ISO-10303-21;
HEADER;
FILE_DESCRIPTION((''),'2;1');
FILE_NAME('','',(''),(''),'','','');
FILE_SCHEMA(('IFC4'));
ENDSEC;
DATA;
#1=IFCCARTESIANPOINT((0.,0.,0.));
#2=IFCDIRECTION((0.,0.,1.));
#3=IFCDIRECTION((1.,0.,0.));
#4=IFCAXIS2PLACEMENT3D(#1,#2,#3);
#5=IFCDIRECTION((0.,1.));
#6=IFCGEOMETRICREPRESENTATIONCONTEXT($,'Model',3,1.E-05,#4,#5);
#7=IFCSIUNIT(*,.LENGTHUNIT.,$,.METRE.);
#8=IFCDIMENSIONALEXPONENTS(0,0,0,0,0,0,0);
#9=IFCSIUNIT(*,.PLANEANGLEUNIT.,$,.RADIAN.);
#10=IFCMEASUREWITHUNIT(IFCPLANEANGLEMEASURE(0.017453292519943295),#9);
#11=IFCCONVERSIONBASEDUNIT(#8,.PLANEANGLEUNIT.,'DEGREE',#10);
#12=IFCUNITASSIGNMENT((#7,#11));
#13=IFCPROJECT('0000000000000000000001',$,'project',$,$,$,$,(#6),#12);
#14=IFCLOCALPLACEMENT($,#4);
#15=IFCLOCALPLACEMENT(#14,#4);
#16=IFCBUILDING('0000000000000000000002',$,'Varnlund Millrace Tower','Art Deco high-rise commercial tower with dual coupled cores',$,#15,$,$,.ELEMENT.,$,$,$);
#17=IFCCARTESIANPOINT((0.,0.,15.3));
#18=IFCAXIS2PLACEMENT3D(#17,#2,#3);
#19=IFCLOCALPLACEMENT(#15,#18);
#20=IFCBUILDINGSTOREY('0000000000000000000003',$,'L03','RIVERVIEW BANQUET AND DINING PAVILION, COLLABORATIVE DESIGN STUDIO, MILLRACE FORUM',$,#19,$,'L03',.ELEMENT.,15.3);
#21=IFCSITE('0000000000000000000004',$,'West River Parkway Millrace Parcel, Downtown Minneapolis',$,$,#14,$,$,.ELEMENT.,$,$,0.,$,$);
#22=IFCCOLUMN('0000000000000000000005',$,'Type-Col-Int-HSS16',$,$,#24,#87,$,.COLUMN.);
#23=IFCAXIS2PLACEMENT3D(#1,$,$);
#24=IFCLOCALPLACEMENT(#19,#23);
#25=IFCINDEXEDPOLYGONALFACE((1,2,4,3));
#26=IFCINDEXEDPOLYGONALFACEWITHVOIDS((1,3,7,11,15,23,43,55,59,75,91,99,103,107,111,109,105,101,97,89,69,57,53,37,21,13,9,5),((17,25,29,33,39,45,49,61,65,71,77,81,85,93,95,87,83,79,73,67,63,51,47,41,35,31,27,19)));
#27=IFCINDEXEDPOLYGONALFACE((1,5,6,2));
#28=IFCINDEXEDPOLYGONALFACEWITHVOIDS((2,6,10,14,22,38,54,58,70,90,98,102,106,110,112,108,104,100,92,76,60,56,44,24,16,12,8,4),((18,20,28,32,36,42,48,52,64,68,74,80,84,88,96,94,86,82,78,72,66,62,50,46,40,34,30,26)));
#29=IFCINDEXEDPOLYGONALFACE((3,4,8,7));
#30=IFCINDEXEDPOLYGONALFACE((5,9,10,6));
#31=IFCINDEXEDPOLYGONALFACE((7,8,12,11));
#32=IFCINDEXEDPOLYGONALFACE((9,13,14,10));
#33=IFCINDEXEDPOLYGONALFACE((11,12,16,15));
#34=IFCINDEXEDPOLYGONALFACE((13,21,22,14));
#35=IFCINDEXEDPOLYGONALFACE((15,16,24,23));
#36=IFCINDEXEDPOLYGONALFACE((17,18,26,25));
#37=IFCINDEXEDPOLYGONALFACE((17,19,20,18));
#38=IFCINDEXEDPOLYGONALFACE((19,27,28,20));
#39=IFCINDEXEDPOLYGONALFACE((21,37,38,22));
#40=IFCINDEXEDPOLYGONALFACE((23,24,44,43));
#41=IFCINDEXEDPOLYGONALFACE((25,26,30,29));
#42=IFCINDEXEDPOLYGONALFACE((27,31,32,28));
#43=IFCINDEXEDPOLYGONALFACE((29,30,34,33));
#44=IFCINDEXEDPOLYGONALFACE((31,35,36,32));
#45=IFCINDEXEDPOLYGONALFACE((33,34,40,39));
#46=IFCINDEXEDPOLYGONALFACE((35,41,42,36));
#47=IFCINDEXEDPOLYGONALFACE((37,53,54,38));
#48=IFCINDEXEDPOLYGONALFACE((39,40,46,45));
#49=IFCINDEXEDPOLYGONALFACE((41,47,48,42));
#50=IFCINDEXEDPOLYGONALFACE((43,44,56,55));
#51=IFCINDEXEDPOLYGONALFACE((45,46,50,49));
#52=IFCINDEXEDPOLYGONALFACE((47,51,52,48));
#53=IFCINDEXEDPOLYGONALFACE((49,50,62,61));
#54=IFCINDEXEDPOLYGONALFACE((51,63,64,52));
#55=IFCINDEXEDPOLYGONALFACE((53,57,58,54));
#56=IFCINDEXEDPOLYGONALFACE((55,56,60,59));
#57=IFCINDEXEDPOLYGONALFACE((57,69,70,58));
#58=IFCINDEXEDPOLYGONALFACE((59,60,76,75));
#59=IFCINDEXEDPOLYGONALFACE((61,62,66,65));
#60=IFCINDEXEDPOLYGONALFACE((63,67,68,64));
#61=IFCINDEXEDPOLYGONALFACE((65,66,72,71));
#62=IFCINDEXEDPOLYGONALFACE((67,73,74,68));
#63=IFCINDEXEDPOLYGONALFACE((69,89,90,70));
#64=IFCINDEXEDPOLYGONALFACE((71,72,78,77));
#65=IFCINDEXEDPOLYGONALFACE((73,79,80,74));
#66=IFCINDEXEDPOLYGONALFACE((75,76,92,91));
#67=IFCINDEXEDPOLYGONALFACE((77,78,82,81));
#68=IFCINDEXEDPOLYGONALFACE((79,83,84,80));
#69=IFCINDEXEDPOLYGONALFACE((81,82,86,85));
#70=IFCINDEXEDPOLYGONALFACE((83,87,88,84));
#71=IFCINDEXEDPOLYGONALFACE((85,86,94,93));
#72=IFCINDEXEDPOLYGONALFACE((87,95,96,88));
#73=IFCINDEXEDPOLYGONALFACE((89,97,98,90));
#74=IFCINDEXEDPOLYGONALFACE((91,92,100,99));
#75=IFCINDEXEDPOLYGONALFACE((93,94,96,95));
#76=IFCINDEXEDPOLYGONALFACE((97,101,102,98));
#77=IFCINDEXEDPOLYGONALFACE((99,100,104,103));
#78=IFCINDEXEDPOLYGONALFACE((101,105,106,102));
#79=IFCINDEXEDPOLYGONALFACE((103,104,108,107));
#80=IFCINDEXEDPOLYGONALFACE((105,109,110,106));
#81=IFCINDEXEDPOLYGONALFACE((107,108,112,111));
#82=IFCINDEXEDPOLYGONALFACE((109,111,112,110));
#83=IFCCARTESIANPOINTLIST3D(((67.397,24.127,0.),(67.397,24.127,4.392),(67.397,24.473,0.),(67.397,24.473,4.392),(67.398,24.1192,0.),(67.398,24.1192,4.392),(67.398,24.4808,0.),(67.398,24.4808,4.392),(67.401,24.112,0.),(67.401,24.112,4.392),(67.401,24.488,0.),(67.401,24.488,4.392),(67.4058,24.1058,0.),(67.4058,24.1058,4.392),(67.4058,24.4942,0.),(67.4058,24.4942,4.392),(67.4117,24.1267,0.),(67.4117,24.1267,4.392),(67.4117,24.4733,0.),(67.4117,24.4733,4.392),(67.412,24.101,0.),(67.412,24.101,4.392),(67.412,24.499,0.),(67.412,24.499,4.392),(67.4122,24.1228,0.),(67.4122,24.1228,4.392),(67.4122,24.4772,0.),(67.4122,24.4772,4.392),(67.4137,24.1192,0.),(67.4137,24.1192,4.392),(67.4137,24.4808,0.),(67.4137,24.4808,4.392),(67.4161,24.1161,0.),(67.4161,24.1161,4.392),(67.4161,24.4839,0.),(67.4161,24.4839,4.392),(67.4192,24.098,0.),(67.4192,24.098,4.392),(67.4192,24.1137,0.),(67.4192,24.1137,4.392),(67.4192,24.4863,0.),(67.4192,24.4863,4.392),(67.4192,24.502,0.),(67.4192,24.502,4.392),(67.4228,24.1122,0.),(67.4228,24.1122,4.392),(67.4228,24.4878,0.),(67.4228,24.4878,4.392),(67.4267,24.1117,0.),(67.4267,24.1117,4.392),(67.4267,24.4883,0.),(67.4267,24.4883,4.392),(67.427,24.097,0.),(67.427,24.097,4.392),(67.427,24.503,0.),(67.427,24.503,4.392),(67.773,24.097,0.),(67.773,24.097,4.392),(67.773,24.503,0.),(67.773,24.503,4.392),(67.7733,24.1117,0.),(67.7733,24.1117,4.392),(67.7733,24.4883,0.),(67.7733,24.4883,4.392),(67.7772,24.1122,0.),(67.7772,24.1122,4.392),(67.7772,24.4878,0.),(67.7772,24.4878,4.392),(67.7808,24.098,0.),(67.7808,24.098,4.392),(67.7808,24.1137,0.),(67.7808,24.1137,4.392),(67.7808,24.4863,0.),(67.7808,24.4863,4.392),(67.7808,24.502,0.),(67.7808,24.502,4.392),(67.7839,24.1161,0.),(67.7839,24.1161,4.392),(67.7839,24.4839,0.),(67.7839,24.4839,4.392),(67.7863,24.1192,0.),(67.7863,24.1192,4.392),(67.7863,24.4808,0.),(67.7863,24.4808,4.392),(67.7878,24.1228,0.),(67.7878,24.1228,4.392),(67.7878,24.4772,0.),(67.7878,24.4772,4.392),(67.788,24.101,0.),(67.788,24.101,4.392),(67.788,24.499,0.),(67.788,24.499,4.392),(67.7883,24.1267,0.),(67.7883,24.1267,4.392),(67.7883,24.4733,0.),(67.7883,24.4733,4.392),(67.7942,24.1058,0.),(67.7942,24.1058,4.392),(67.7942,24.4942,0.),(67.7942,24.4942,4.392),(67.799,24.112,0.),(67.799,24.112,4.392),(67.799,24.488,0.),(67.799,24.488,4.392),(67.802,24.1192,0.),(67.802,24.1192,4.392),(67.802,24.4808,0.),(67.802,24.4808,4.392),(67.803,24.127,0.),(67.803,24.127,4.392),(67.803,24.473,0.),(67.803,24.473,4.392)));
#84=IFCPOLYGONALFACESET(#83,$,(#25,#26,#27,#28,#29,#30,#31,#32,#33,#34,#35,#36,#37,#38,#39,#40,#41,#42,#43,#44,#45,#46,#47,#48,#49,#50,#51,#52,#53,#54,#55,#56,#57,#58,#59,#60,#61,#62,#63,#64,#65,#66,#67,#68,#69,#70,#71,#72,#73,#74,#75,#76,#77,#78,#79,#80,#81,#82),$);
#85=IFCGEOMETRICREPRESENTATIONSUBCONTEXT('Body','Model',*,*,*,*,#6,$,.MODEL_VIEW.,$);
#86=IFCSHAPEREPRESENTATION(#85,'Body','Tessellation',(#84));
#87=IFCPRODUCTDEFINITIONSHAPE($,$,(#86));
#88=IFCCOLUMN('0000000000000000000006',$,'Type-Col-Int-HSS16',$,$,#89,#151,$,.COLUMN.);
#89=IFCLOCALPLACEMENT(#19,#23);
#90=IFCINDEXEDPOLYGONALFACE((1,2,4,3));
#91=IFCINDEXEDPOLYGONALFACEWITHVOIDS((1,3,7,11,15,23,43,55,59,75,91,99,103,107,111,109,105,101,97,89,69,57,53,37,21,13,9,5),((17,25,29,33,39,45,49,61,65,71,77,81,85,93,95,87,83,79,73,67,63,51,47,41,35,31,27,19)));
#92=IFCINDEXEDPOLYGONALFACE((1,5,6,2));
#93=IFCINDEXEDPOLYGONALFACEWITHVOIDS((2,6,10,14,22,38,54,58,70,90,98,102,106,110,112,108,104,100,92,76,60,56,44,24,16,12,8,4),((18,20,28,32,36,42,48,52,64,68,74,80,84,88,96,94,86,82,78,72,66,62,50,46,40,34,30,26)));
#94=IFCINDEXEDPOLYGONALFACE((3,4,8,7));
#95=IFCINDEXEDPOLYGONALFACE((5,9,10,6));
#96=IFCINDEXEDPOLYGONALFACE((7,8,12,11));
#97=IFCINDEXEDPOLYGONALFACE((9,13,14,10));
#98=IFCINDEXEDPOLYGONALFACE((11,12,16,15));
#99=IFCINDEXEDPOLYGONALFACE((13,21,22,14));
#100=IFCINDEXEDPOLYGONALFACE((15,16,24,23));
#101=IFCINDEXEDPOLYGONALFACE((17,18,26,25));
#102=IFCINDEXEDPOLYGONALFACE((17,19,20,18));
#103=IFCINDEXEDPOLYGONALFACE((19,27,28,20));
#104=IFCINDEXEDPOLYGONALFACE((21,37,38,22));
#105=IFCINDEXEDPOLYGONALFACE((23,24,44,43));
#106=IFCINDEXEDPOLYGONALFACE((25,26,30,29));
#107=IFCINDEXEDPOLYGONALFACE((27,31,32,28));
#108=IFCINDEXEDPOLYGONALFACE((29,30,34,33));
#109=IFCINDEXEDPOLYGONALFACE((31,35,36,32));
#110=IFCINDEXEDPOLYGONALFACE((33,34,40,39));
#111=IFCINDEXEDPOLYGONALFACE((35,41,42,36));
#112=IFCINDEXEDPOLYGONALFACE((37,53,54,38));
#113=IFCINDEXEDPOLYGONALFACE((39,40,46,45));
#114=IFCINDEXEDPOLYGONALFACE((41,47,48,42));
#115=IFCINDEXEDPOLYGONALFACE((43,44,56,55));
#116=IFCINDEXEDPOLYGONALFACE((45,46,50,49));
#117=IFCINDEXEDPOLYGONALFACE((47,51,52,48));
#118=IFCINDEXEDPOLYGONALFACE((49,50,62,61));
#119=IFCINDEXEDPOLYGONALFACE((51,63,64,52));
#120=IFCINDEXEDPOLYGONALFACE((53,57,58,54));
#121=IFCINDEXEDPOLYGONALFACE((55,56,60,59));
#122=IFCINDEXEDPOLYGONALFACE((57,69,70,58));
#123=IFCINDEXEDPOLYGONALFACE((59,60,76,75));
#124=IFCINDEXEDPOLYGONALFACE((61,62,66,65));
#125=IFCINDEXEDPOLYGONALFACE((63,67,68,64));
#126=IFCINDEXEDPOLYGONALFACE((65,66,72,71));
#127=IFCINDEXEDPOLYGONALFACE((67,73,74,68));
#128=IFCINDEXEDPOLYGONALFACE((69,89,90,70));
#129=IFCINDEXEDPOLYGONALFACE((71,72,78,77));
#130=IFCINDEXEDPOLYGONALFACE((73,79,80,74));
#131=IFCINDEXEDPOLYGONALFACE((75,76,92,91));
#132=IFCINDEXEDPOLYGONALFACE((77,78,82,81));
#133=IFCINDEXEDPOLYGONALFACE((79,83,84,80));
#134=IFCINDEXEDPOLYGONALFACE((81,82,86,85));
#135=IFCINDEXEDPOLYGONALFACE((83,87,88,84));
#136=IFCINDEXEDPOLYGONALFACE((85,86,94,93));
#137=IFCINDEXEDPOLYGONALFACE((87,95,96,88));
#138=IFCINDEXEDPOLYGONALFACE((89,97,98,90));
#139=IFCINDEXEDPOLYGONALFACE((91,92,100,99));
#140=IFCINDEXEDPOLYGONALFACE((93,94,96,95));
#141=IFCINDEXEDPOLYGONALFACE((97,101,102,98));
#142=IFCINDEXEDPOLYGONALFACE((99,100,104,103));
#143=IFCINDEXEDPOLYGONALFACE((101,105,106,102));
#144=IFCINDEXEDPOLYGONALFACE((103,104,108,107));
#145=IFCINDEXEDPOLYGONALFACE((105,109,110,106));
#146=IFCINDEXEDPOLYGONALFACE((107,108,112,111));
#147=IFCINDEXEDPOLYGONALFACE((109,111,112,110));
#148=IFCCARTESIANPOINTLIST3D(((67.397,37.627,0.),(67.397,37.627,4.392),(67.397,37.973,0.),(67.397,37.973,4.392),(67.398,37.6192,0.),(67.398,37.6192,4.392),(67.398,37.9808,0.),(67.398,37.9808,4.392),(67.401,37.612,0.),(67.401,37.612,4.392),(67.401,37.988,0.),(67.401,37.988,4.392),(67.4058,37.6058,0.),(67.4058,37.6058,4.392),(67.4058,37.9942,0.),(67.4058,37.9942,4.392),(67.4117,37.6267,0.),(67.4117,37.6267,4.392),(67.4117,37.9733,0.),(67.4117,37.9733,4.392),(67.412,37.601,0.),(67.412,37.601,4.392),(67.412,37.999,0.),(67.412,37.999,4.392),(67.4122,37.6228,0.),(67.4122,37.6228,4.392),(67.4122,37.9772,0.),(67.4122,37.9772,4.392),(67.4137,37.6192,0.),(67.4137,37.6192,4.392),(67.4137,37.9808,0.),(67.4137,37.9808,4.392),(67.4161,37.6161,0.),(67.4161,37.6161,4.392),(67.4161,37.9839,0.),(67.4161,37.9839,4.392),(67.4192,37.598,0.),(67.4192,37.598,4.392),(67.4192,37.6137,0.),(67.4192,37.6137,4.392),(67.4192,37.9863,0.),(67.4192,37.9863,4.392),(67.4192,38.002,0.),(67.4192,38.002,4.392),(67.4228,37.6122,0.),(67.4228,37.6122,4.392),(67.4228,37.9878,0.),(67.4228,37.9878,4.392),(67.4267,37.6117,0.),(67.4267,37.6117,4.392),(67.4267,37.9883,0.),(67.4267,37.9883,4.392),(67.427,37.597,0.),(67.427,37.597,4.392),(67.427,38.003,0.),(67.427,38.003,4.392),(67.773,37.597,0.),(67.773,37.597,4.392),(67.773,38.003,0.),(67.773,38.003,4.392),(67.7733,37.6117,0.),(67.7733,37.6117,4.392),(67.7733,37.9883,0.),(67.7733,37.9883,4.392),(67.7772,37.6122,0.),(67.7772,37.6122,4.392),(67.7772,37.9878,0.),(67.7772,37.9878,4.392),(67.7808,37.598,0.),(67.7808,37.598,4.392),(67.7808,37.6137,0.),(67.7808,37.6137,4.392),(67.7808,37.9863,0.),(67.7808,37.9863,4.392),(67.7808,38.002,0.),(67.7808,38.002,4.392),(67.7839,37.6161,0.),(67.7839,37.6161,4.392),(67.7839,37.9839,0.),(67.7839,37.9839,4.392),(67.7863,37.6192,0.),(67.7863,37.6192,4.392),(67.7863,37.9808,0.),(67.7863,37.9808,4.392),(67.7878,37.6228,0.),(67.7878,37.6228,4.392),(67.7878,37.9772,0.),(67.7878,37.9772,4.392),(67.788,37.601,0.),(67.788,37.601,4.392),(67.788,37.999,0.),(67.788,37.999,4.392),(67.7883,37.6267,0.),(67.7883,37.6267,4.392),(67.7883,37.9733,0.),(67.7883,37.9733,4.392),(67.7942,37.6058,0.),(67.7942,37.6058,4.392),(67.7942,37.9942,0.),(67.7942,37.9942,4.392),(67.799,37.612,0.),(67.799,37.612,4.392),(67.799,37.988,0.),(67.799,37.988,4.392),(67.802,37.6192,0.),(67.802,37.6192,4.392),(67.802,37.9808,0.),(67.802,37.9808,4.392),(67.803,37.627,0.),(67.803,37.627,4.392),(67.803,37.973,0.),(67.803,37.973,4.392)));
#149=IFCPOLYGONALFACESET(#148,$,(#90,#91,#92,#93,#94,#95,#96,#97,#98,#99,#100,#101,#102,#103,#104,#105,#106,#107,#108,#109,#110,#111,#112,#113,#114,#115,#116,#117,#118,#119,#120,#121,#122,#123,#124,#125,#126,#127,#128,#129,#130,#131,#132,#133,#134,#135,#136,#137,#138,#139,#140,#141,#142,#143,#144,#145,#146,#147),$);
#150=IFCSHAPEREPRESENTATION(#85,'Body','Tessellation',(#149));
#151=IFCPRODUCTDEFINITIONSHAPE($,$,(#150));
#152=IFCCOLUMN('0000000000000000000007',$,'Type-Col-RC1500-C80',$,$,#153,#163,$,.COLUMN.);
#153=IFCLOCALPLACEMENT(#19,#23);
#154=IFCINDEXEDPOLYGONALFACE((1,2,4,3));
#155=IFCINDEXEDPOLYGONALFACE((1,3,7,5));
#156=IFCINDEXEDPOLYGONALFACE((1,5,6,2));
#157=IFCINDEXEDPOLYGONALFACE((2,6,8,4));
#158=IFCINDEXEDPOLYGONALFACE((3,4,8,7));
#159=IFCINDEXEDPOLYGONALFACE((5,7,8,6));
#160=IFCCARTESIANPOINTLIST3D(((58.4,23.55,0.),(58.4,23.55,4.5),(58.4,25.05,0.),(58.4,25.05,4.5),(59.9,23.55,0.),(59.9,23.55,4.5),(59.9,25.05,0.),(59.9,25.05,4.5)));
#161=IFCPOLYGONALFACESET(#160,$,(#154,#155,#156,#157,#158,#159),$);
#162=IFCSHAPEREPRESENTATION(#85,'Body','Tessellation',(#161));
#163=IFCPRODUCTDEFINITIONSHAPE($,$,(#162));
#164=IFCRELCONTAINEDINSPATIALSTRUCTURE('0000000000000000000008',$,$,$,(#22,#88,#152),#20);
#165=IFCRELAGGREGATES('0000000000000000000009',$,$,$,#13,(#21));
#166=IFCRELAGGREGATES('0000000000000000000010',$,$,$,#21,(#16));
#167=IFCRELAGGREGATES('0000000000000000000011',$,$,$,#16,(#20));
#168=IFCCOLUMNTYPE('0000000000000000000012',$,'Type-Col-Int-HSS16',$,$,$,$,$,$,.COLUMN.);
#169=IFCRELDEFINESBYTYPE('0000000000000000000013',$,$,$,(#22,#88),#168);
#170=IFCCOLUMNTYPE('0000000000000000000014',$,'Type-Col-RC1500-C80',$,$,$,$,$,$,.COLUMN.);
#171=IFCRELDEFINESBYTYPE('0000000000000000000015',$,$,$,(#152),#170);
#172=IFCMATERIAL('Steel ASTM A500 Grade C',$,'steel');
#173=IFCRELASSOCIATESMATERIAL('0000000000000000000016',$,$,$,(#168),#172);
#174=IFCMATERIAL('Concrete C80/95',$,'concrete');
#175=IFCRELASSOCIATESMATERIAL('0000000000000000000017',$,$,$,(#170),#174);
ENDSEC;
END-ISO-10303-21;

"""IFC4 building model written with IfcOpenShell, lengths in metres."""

from ifc_helpers import new_model, entity, si_unit, converted_unit, direction, frame, origin_with_axes, origin_2d_with_axis, place, context, subcontext, project, spatial, rectangle, hollow_rectangle, extrude, material, material_profile, profile_set, type_object, element, save


model = new_model("IFC4")

# Units and contexts
model_context = context("Model", 3, precision=1e-05, world=origin_with_axes(), true_north=direction((0.0, 1.0)))
body_context = subcontext(model_context, "Body", "Model", "MODEL_VIEW")
ifc_project = project(units=[si_unit("LENGTHUNIT", "METRE"), converted_unit("PLANEANGLEUNIT", "DEGREE", entity("IfcPlaneAngleMeasure", 0.017453292519943295), si_unit("PLANEANGLEUNIT", "RADIAN"), dimensions=[0, 0, 0, 0, 0, 0, 0])], contexts=[model_context])

# Site, building, storey
site_placement = place(None, origin_with_axes())
site = spatial("IfcSite", under=ifc_project, at=site_placement, Name="West River Parkway Millrace Parcel, Downtown Minneapolis", CompositionType="ELEMENT", RefElevation=0.0)
building_placement = place(site_placement, origin_with_axes())
building = spatial("IfcBuilding", under=site, at=building_placement, Name="Varnlund Millrace Tower", Description="Art Deco high-rise commercial tower with dual coupled cores", CompositionType="ELEMENT")
storey_placement = place(building_placement, frame((0.0, 0.0, 15.3), z_axis=(0.0, 0.0, 1.0), x_axis=(1.0, 0.0, 0.0)))
storey = spatial("IfcBuildingStorey", under=building, at=storey_placement, Name="L03", Description="RIVERVIEW BANQUET AND DINING PAVILION, COLLABORATIVE DESIGN STUDIO, MILLRACE FORUM", LongName="L03", CompositionType="ELEMENT", Elevation=15.3)

# Columns
ifc_material_1 = material(Name="Steel ASTM A500 Grade C", Category="steel")
ifc_material_profile_1 = material_profile(ifc_material_1, hollow_rectangle(XDim=0.406, YDim=0.406, WallThickness=0.0147, InnerFilletRadius=0.015, OuterFilletRadius=0.03, at=origin_2d_with_axis()), Name="Steel ASTM A500 Grade C")
ifc_profile_set_1 = profile_set([ifc_material_profile_1], Name="Steel ASTM A500 Grade C")
column_type_1 = type_object("IfcColumnType", Name="Type-Col-Int-HSS16", PredefinedType="COLUMN", material=ifc_profile_set_1)
for number, where, z_axis, x_axis, name in (
    (1, (67.6, 24.3, 0.0), (0.0, 0.0, 1.0), (1.0, 0.0, 0.0), "Type-Col-Int-HSS16"),
    (2, (67.6, 37.8, 0.0), (0.0, 0.0, 1.0), (1.0, 0.0, 0.0), "Type-Col-Int-HSS16"),
):
    element("IfcColumn", number, at=place(storey_placement, frame(where, z_axis=z_axis, x_axis=x_axis)), inside=storey, type_object=column_type_1, Name=name, PredefinedType="COLUMN", context=body_context, shape_type="SweptSolid", body=[
        extrude(hollow_rectangle(XDim=0.406, YDim=0.406, WallThickness=0.0147, InnerFilletRadius=0.015, OuterFilletRadius=0.03, at=origin_2d_with_axis()), origin_with_axes(), (0.0, 0.0, 1.0), 4.392),
    ])
ifc_material_2 = material(Name="Concrete C80/95", Category="concrete")
ifc_material_profile_2 = material_profile(ifc_material_2, rectangle(XDim=1.5, YDim=1.5, at=origin_2d_with_axis()), Name="Concrete C80/95")
ifc_profile_set_2 = profile_set([ifc_material_profile_2], Name="Concrete C80/95")
column_type_2 = type_object("IfcColumnType", Name="Type-Col-RC1500-C80", PredefinedType="COLUMN", material=ifc_profile_set_2)
column_placement = place(storey_placement, frame((59.15, 24.3, 0.0), z_axis=(0.0, 0.0, 1.0), x_axis=(1.0, 0.0, 0.0)))
element("IfcColumn", 3, at=column_placement, inside=storey, type_object=column_type_2, Name="Type-Col-RC1500-C80", PredefinedType="COLUMN", context=body_context, shape_type="SweptSolid", body=[
    extrude(rectangle(XDim=1.5, YDim=1.5, at=origin_2d_with_axis()), origin_with_axes(), (0.0, 0.0, 1.0), 4.5),
])

save(model, "model.ifc")
